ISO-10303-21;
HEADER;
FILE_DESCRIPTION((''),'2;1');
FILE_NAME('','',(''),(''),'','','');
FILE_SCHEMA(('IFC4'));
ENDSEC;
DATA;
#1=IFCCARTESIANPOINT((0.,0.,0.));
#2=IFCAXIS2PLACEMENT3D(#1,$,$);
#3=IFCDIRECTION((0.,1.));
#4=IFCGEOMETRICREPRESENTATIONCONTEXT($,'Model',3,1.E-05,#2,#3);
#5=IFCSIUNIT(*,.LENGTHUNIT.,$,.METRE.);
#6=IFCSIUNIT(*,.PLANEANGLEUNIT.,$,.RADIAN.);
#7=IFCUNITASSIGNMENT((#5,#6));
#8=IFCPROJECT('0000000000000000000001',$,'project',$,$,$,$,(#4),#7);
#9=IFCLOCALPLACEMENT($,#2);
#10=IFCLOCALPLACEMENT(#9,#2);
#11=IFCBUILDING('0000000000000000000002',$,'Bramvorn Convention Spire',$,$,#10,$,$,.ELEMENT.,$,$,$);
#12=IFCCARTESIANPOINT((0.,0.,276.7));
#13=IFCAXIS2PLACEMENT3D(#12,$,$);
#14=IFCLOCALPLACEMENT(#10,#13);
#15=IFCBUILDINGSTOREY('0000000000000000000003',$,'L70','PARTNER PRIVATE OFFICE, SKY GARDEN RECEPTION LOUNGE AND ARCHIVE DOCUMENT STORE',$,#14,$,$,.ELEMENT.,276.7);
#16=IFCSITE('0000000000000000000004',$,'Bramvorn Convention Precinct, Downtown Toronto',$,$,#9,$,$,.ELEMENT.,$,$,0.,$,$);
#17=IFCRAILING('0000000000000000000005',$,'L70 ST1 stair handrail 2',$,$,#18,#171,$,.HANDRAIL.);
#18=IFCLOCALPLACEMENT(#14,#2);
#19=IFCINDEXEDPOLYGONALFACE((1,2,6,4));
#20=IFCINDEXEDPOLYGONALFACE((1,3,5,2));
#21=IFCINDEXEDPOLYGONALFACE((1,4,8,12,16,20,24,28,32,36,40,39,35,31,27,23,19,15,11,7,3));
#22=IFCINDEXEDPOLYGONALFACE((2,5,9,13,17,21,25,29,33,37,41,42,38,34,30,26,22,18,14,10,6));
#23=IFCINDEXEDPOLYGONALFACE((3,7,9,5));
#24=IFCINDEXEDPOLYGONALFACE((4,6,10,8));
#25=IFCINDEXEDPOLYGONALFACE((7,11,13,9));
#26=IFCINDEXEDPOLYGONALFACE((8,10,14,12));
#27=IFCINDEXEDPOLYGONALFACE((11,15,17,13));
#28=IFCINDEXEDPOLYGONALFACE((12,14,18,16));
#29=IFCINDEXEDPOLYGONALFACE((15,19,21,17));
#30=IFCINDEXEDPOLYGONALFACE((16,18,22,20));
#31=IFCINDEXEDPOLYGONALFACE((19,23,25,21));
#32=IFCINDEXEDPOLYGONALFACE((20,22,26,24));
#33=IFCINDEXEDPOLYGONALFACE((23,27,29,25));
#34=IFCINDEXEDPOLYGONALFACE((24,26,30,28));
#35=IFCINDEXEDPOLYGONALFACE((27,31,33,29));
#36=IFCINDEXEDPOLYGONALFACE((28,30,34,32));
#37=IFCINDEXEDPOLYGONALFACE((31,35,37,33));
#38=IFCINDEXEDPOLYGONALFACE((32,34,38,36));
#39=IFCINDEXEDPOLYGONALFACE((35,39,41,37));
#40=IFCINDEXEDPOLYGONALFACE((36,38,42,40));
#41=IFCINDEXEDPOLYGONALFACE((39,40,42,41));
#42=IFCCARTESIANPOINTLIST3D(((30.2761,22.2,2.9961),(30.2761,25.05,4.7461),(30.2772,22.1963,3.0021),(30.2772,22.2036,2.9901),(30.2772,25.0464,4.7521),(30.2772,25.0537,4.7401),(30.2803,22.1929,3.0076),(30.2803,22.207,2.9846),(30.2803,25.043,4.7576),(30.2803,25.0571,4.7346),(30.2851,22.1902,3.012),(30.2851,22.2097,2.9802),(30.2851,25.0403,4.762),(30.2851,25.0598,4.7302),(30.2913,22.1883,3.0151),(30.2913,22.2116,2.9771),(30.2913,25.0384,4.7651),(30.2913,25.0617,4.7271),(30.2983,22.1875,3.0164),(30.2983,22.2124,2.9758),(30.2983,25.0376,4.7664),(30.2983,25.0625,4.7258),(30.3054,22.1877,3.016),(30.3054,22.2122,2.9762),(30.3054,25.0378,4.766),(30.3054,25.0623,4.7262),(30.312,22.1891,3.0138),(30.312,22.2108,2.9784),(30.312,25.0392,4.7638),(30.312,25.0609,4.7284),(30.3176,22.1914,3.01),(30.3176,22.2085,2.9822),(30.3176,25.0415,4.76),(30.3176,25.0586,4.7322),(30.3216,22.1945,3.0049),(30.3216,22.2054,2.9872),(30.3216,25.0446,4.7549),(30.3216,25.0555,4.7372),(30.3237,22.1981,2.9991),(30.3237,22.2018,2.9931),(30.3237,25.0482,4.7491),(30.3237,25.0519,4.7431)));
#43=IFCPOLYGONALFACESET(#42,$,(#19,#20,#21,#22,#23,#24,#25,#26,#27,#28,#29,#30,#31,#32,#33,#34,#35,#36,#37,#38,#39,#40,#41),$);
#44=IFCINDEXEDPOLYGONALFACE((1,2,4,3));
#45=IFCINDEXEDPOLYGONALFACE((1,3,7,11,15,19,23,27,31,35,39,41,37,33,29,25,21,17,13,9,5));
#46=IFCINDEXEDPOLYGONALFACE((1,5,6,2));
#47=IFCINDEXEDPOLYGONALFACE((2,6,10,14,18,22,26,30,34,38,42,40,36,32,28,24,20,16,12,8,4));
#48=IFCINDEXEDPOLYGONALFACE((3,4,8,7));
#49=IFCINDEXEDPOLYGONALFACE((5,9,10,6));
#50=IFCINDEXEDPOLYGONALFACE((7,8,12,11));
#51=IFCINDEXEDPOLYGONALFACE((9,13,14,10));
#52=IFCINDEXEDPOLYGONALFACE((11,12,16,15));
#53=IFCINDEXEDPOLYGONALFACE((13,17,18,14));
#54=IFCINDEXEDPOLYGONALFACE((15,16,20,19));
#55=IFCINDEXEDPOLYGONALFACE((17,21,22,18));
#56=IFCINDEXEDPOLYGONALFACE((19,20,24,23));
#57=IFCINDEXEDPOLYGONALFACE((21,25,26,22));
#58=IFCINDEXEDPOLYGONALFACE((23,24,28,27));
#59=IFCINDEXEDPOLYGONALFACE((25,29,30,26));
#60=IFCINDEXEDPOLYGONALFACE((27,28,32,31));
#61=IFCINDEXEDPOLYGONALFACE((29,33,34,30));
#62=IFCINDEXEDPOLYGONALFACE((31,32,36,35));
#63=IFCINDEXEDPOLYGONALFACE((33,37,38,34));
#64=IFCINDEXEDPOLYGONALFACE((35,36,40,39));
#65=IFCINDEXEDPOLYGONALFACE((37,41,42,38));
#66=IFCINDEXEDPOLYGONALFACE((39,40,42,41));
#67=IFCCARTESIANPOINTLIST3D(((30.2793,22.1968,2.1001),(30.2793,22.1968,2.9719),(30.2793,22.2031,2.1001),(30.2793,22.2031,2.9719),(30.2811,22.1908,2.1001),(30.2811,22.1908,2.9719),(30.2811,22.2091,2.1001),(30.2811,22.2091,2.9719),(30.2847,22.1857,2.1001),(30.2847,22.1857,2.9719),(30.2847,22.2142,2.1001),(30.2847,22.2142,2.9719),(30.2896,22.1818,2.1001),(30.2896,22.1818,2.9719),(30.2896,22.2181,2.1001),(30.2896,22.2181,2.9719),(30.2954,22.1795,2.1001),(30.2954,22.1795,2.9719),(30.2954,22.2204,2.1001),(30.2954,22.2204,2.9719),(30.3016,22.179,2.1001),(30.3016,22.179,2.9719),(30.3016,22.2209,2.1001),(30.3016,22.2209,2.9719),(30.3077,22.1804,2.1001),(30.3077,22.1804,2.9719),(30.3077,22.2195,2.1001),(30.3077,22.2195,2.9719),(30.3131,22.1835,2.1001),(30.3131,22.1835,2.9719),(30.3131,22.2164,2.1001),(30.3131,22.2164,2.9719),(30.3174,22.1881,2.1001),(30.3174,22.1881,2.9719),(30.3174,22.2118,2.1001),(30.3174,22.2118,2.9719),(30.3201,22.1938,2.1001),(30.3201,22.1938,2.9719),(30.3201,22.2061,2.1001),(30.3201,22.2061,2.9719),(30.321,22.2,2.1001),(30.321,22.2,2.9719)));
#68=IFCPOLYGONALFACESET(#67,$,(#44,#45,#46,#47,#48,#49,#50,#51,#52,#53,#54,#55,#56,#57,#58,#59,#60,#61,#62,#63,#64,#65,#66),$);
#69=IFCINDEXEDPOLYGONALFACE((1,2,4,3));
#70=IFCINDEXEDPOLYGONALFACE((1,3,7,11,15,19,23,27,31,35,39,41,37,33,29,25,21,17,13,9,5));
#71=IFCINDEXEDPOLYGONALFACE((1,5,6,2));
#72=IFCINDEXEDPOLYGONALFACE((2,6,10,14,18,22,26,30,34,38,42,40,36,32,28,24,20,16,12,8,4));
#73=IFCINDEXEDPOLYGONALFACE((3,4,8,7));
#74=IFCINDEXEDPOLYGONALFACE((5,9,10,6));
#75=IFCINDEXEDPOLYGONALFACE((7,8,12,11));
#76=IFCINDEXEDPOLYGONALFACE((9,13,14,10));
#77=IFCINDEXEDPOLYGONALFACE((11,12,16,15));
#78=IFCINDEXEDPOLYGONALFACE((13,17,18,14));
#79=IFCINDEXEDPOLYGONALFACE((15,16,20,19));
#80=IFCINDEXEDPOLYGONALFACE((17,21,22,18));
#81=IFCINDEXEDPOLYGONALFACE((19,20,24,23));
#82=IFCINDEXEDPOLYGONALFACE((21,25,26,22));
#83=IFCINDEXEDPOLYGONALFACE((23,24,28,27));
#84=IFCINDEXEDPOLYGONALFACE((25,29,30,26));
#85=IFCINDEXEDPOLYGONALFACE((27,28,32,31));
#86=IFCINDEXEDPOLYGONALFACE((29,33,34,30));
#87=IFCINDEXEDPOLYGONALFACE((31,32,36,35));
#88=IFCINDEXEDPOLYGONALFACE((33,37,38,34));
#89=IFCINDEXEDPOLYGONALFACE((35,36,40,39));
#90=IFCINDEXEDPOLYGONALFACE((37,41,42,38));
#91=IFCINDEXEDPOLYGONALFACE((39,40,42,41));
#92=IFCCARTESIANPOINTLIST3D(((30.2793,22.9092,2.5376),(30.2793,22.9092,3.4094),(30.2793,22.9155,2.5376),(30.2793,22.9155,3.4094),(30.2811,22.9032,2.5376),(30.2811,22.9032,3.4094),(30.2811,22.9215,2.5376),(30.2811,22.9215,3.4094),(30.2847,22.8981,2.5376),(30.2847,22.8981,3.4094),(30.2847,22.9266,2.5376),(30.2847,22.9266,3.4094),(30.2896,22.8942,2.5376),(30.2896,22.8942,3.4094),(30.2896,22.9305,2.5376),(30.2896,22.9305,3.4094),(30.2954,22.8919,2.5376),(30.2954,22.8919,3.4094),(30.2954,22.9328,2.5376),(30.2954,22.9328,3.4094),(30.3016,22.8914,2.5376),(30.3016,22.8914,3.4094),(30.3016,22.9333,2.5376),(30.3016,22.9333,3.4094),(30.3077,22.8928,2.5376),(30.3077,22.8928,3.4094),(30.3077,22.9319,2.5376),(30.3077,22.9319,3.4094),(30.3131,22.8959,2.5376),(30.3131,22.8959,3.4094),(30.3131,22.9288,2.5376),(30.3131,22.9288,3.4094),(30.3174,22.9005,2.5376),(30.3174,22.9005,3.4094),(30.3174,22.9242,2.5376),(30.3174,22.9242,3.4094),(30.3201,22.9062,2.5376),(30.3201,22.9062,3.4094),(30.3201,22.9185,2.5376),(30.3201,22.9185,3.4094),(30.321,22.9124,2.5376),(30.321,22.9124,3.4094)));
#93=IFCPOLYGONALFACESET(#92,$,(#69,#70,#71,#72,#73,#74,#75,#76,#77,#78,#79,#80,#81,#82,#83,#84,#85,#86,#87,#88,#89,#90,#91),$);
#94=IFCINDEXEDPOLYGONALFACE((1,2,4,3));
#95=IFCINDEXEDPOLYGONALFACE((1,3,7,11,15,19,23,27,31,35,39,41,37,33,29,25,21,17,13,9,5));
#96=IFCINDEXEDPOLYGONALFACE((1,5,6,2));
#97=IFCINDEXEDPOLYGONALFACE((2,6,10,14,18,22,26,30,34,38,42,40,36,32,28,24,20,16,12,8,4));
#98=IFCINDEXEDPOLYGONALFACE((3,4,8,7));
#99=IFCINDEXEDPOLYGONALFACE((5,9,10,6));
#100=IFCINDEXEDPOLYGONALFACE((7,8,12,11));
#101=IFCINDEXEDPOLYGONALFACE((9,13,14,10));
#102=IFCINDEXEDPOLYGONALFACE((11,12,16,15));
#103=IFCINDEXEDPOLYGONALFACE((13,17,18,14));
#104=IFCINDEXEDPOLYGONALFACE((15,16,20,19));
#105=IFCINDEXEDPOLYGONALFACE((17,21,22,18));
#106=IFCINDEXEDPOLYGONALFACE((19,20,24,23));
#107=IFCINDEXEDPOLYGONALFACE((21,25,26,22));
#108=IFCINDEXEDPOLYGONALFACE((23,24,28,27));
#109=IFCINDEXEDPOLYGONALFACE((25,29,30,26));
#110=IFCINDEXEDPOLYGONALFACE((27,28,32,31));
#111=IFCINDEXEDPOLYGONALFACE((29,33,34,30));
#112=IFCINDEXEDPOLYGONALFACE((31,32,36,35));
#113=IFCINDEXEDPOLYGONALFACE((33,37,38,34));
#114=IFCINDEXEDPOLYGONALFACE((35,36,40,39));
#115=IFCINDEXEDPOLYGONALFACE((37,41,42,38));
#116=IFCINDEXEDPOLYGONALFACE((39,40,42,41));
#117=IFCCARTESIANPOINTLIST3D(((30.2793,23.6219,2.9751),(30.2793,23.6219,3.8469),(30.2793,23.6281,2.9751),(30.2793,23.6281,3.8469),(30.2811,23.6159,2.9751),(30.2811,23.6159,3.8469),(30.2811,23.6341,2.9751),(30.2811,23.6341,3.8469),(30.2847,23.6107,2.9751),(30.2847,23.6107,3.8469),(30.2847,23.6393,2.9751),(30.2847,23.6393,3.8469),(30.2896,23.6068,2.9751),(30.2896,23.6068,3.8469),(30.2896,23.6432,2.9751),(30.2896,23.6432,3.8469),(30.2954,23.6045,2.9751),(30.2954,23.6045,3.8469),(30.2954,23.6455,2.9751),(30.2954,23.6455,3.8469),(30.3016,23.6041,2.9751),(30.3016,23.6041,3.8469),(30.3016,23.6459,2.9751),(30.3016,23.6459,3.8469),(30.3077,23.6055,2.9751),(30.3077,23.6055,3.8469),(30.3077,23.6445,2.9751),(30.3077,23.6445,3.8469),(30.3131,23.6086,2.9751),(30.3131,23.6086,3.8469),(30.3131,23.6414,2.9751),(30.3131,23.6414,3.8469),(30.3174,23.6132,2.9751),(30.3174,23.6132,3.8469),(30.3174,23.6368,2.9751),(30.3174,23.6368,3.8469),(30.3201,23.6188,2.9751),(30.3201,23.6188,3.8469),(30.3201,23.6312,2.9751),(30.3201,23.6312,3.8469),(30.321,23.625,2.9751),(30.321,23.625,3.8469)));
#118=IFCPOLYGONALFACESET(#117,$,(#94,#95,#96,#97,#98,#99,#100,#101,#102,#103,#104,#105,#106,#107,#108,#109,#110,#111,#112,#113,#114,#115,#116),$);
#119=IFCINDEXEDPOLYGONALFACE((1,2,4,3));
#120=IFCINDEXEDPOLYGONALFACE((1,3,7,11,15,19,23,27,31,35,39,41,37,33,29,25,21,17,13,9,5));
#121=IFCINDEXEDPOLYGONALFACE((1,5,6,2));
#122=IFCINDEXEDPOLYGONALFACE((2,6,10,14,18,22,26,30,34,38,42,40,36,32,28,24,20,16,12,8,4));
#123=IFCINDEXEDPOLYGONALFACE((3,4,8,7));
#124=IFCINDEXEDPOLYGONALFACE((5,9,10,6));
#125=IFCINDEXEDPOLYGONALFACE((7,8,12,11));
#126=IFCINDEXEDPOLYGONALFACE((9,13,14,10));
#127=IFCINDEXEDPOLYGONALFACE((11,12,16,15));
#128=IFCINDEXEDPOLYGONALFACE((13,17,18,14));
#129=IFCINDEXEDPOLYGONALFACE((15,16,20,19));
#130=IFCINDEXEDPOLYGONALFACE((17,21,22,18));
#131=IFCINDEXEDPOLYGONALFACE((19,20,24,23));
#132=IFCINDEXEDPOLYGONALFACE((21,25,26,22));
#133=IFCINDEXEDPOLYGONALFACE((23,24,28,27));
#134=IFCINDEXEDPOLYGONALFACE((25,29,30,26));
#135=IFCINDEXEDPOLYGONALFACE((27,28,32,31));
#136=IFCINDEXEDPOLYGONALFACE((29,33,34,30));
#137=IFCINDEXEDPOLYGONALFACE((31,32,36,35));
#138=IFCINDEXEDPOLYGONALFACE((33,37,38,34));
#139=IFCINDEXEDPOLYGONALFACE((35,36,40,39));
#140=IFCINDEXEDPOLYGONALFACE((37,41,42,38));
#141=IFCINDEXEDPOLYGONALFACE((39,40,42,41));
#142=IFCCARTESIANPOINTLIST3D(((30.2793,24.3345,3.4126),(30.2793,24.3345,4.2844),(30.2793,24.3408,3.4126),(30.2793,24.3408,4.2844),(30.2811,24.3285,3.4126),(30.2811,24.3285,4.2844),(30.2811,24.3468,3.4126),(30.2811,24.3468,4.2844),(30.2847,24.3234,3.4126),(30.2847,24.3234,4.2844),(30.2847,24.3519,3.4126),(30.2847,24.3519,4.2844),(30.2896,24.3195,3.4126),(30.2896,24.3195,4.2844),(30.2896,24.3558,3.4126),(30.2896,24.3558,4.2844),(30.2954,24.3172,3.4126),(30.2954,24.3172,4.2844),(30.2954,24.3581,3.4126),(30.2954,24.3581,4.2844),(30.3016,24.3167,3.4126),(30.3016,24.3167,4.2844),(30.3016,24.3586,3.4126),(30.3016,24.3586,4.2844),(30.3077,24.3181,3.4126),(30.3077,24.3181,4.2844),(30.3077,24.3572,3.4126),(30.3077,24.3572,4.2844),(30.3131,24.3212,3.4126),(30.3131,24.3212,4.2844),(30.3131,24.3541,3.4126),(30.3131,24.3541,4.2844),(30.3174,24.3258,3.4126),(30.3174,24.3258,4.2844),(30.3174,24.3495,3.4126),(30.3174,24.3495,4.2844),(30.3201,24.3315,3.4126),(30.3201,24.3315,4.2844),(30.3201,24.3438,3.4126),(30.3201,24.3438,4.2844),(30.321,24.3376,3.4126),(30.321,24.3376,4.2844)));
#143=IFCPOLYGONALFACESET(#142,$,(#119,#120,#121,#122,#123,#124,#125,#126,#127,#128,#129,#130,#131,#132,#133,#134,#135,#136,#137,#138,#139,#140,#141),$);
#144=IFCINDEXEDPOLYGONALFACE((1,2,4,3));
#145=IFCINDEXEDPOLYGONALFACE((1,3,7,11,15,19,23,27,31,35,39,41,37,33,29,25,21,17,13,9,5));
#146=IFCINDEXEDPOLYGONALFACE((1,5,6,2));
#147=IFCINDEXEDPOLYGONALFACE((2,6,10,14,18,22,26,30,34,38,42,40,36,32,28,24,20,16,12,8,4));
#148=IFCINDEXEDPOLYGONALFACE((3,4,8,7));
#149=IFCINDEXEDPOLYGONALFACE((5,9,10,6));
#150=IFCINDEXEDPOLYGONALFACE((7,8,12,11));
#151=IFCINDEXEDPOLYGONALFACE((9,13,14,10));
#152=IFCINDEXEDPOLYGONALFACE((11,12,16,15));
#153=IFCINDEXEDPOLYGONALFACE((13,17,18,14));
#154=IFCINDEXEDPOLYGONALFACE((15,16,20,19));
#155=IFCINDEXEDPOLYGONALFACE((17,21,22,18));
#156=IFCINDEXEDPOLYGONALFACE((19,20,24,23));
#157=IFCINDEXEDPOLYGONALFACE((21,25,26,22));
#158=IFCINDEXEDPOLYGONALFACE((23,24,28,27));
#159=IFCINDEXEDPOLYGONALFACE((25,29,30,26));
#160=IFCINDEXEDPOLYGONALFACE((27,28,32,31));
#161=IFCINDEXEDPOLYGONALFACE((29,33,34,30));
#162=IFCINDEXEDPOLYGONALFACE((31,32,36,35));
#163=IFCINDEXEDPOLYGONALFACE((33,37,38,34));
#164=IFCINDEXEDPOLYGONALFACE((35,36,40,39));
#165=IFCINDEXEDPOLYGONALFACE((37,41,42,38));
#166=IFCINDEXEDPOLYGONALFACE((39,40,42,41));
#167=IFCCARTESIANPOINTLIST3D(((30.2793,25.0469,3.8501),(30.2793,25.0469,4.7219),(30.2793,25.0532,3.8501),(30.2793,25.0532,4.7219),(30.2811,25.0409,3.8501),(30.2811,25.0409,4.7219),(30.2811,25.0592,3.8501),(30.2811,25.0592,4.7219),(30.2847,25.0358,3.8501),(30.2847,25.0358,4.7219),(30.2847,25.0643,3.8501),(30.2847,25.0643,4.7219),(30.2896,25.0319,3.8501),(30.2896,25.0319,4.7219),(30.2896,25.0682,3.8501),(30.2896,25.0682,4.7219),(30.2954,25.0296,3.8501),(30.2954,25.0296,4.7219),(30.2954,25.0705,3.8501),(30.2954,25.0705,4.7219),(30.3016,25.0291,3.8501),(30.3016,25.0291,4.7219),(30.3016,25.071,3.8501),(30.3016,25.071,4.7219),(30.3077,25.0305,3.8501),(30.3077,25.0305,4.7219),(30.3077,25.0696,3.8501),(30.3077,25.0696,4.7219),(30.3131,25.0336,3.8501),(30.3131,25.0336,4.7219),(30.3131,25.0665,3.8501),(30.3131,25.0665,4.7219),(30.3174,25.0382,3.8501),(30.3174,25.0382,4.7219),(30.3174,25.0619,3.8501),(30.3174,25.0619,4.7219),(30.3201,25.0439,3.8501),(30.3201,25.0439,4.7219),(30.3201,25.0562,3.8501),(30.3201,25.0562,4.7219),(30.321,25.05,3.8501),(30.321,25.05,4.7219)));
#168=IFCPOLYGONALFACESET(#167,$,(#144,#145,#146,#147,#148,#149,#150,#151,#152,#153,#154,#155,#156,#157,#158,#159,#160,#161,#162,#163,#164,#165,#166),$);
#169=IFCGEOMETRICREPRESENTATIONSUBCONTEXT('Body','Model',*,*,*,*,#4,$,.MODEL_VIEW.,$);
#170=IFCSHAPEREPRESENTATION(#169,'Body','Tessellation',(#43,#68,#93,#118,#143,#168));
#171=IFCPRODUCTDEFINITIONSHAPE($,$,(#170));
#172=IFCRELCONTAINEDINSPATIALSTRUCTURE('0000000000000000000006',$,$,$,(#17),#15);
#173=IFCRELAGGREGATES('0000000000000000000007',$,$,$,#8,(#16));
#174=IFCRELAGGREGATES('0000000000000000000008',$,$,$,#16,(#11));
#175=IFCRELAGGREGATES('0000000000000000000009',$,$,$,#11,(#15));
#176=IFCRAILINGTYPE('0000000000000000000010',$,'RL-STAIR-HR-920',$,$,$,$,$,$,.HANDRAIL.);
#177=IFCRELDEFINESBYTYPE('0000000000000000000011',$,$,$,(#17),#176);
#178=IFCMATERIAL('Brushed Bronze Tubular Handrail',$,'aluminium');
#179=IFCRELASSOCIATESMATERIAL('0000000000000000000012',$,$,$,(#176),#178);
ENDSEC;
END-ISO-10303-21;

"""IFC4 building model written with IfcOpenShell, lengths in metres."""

from ifc_helpers import new_model, si_unit, direction, frame, origin, origin_2d, place, context, subcontext, project, spatial, circle, extrude, material, type_object, element, save


model = new_model("IFC4")

# Units and contexts
model_context = context("Model", 3, precision=1e-05, world=origin(), true_north=direction((0.0, 1.0)))
body_context = subcontext(model_context, "Body", "Model", "MODEL_VIEW")
ifc_project = project(units=[si_unit("LENGTHUNIT", "METRE"), si_unit("PLANEANGLEUNIT", "RADIAN")], contexts=[model_context])

# Site, building, storey
site_placement = place(None, origin())
site = spatial("IfcSite", under=ifc_project, at=site_placement, Name="Bramvorn Convention Precinct, Downtown Toronto", CompositionType="ELEMENT", RefElevation=0.0)
building_placement = place(site_placement, origin())
building = spatial("IfcBuilding", under=site, at=building_placement, Name="Bramvorn Convention Spire", CompositionType="ELEMENT")
storey_placement = place(building_placement, frame((0.0, 0.0, 276.7)))
storey = spatial("IfcBuildingStorey", under=building, at=storey_placement, Name="L70", Description="PARTNER PRIVATE OFFICE, SKY GARDEN RECEPTION LOUNGE AND ARCHIVE DOCUMENT STORE", CompositionType="ELEMENT", Elevation=276.7)

# Railing
ifc_material_1 = material(Name="Brushed Bronze Tubular Handrail", Category="aluminium")
railing_type_1 = type_object("IfcRailingType", Name="RL-STAIR-HR-920", PredefinedType="HANDRAIL", material=ifc_material_1)
for number, where, name in (
    (1, (30.3, 22.2, 2.1001), "L70 ST1 stair handrail 2"),
):
    element("IfcRailing", number, at=place(storey_placement, frame(where)), inside=storey, type_object=railing_type_1, Name=name, PredefinedType="HANDRAIL", context=body_context, shape_type="SweptSolid", body=[
        extrude(circle(Radius=0.0239, at=origin_2d()), frame((0.0, 0.0, 0.896), z_axis=(0.0, 0.852179, 0.52325), x_axis=(-1.0, 0.0, 0.0)), (0.0, 0.0, 1.0), 3.3445),
        extrude(circle(Radius=0.021, at=origin_2d()), origin(), (0.0, 0.0, 1.0), 0.8718),
        extrude(circle(Radius=0.021, at=origin_2d()), frame((0.0, 0.7124, 0.4375)), (0.0, 0.0, 1.0), 0.8718),
        extrude(circle(Radius=0.021, at=origin_2d()), frame((0.0, 1.425, 0.875)), (0.0, 0.0, 1.0), 0.8718),
        extrude(circle(Radius=0.021, at=origin_2d()), frame((0.0, 2.1377, 1.3125)), (0.0, 0.0, 1.0), 0.8718),
        extrude(circle(Radius=0.021, at=origin_2d()), frame((0.0, 2.8501, 1.75)), (0.0, 0.0, 1.0), 0.8718),
    ])

save(model, "model.ifc")
